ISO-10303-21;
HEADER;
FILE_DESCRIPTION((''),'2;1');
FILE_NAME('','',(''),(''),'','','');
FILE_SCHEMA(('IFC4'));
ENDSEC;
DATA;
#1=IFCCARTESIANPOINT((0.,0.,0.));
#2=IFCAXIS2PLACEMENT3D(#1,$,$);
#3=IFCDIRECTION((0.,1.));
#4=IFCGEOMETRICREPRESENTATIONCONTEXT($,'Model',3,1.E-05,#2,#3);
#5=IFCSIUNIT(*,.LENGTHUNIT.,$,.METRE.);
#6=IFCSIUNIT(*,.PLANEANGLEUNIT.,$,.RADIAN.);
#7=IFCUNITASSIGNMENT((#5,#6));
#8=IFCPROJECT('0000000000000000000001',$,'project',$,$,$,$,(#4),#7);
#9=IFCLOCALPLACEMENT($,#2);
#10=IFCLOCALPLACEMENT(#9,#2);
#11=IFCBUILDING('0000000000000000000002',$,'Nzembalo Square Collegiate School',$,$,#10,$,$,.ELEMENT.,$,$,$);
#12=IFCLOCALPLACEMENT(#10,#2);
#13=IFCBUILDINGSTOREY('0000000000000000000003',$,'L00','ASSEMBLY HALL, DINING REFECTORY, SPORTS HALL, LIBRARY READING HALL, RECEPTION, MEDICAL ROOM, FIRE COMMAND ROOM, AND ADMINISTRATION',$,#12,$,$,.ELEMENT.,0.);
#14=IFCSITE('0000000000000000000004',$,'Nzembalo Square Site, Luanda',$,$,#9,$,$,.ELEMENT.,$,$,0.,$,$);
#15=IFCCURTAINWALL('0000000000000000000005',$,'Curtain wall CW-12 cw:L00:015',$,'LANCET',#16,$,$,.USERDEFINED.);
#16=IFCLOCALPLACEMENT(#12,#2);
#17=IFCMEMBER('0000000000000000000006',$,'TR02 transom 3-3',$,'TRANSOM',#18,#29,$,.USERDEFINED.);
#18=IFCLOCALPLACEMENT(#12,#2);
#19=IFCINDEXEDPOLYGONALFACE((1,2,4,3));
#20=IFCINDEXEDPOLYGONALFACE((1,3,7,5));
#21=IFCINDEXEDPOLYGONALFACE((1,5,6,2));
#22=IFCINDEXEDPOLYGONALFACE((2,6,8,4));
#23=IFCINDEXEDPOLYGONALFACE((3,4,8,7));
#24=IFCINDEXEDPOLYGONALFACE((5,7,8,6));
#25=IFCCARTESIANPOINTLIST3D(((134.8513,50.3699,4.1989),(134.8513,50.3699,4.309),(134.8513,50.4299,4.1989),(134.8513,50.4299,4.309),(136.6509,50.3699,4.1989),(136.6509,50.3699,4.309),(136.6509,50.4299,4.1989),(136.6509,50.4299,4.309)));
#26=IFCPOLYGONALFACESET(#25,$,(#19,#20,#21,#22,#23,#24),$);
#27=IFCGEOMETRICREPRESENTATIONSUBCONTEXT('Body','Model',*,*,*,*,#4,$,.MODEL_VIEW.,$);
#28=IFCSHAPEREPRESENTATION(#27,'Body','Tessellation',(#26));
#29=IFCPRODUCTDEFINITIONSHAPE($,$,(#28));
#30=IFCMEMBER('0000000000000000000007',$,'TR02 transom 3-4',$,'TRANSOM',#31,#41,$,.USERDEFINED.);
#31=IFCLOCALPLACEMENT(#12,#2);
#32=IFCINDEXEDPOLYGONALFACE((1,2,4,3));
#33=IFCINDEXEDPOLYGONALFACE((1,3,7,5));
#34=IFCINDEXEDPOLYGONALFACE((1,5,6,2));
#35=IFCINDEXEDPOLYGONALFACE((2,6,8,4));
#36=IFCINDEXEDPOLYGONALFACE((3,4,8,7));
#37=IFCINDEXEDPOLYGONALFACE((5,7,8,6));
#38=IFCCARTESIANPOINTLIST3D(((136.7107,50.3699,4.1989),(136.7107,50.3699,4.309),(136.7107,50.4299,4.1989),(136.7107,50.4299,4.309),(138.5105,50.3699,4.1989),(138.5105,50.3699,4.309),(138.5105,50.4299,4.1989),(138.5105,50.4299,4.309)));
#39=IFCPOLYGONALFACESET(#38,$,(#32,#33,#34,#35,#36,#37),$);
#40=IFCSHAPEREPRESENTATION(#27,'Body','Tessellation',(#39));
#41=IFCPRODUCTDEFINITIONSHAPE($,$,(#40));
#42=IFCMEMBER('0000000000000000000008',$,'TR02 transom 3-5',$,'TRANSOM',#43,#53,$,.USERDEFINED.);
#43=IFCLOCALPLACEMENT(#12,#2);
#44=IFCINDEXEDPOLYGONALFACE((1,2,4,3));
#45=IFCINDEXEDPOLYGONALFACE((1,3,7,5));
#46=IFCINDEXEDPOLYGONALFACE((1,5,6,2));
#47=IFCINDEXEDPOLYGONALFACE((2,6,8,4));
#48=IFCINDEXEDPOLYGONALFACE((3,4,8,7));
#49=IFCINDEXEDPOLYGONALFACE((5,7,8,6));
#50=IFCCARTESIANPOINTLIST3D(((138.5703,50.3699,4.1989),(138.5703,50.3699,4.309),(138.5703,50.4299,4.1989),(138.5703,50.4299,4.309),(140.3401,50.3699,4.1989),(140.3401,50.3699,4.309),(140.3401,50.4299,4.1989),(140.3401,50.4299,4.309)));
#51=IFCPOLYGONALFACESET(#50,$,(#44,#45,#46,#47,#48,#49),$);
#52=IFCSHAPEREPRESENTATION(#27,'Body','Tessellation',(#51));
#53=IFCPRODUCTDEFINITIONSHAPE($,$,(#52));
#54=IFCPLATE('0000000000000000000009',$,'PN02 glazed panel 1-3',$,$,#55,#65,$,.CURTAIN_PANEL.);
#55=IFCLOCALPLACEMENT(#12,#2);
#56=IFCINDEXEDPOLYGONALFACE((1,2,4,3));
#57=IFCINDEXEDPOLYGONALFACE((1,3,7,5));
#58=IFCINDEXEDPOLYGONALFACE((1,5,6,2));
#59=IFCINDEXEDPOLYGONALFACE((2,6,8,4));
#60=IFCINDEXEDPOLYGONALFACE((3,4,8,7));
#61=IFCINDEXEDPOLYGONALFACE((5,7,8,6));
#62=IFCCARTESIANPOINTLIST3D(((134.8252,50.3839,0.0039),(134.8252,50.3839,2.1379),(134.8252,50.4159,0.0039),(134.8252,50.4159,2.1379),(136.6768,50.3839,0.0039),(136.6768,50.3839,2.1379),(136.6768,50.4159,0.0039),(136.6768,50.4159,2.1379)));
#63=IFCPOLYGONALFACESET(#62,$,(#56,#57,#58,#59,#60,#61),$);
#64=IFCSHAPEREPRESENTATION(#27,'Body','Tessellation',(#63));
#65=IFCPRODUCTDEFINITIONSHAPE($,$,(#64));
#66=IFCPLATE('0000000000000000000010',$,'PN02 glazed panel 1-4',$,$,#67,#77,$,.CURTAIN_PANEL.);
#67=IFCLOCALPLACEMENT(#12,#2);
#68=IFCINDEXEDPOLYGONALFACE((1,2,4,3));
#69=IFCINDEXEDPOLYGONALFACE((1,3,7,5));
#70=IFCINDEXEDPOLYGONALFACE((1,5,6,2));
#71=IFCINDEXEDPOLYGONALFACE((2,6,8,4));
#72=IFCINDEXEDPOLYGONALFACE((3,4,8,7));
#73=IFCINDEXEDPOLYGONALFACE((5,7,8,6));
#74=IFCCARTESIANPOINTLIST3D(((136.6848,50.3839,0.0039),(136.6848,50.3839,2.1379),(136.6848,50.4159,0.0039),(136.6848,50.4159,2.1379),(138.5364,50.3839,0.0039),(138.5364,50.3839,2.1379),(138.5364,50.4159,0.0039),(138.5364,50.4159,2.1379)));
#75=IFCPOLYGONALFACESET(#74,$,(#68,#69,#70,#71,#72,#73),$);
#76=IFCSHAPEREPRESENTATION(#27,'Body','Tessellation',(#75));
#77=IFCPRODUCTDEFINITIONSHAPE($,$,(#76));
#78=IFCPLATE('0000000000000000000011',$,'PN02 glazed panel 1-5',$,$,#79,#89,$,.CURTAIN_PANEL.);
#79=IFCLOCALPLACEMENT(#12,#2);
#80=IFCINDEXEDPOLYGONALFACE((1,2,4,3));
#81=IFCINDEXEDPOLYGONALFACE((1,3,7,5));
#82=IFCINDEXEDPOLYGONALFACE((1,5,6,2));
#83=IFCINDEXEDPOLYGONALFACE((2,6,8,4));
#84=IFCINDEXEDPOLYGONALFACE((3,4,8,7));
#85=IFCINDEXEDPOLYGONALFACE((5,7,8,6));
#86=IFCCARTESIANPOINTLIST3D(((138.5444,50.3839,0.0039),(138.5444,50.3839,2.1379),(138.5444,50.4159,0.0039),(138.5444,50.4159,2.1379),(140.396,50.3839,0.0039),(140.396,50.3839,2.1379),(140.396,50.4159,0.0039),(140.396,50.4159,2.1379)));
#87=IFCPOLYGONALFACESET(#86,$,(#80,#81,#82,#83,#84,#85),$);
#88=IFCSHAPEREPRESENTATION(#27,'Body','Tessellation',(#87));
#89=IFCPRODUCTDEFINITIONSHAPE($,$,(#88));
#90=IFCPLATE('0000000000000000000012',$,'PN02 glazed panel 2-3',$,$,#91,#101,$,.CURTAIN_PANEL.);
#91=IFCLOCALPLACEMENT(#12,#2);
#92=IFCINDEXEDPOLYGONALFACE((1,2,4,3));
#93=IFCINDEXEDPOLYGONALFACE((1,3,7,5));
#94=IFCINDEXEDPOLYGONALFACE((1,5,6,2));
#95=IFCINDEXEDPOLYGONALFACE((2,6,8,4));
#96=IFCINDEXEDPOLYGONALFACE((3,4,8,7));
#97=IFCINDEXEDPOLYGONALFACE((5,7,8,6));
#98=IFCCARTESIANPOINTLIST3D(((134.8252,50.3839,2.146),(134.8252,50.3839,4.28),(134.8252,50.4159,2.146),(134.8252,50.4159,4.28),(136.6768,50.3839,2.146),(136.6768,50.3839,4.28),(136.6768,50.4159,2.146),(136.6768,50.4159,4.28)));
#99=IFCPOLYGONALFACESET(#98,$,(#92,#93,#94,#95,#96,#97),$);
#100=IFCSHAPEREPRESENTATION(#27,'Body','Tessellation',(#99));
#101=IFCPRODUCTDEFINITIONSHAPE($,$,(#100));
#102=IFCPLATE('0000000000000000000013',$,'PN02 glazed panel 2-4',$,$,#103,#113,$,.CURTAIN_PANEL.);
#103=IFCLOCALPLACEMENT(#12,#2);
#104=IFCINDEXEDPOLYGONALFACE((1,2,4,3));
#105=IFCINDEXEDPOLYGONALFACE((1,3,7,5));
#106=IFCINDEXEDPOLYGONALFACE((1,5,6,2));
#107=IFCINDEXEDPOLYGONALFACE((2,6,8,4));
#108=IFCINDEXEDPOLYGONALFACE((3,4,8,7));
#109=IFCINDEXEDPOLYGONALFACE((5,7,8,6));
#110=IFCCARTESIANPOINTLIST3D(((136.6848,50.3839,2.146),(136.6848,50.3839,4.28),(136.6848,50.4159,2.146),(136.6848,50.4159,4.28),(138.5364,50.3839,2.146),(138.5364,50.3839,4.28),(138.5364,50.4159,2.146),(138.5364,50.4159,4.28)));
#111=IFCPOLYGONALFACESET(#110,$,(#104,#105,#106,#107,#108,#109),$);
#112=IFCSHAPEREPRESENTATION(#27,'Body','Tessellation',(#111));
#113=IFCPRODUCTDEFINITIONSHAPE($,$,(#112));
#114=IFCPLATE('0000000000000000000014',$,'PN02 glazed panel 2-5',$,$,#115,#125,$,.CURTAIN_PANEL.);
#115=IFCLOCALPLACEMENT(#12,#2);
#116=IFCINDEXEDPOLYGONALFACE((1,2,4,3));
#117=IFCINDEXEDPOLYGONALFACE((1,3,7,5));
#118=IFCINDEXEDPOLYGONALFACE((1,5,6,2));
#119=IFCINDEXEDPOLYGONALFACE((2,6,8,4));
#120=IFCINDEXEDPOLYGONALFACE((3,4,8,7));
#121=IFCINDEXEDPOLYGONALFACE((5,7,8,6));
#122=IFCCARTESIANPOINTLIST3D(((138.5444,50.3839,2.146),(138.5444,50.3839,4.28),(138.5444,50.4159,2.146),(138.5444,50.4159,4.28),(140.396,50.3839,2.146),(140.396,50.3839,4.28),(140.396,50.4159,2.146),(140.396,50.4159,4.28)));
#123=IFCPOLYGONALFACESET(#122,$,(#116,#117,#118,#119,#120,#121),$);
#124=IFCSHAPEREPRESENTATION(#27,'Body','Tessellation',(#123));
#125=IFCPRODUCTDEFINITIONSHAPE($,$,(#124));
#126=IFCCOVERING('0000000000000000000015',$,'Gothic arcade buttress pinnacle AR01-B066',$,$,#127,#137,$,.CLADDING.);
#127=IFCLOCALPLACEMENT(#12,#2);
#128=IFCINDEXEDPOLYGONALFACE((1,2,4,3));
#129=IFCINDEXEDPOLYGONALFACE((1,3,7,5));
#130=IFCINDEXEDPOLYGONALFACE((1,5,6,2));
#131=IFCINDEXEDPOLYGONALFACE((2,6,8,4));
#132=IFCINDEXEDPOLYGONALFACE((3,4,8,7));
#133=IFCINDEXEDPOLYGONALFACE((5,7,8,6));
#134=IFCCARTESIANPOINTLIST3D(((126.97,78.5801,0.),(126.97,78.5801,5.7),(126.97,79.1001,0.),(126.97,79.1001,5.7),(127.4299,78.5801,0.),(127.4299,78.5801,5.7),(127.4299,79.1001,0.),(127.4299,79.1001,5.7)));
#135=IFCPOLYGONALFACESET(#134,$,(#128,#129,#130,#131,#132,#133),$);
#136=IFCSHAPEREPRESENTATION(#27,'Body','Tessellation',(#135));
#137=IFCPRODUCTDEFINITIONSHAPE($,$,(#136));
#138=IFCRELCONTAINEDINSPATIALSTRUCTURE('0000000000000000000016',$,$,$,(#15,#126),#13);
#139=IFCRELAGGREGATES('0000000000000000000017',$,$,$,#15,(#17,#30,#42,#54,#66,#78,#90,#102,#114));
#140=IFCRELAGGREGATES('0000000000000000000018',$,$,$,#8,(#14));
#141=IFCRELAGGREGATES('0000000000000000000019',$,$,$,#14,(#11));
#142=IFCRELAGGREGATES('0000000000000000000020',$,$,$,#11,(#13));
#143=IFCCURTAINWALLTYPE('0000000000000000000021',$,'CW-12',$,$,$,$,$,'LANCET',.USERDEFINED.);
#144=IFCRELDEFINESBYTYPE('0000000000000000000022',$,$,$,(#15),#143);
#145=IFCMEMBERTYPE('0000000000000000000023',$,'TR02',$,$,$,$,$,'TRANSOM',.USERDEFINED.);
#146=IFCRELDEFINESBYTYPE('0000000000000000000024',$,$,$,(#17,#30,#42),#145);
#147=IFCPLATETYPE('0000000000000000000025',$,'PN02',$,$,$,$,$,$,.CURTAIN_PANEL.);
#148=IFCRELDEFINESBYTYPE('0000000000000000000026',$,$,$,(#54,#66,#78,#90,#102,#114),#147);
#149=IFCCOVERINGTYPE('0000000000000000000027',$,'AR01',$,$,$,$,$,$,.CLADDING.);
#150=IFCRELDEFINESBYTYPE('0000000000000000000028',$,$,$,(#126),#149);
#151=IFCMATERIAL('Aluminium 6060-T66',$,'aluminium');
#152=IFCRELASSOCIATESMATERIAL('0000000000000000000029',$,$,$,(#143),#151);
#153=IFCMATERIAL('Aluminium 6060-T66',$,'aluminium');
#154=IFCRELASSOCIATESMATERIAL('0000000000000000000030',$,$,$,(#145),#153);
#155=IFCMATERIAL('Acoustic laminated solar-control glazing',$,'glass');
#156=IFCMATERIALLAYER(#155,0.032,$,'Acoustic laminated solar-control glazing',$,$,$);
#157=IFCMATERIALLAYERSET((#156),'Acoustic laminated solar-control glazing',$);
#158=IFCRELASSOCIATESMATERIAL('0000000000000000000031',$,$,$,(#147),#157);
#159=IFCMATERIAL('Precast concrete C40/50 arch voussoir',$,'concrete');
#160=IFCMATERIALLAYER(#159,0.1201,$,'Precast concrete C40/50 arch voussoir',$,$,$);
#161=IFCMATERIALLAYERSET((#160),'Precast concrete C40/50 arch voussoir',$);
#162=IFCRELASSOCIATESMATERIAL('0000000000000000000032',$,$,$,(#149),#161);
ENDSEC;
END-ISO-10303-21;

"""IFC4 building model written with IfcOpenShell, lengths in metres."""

from ifc_helpers import new_model, si_unit, direction, frame, origin, origin_2d, place, context, subcontext, project, spatial, rectangle, extrude, material, layer, layer_set, material_profile, profile_set, type_object, element, aggregate, save


model = new_model("IFC4")

# Units and contexts
model_context = context("Model", 3, precision=1e-05, world=origin(), true_north=direction((0.0, 1.0)))
body_context = subcontext(model_context, "Body", "Model", "MODEL_VIEW")
ifc_project = project(units=[si_unit("LENGTHUNIT", "METRE"), si_unit("PLANEANGLEUNIT", "RADIAN")], contexts=[model_context])

# Site, building, storey
site_placement = place(None, origin())
site = spatial("IfcSite", under=ifc_project, at=site_placement, Name="Nzembalo Square Site, Luanda", CompositionType="ELEMENT", RefElevation=0.0)
building_placement = place(site_placement, origin())
building = spatial("IfcBuilding", under=site, at=building_placement, Name="Nzembalo Square Collegiate School", CompositionType="ELEMENT")
storey_placement = place(building_placement, origin())
storey = spatial("IfcBuildingStorey", under=building, at=storey_placement, Name="L00", Description="ASSEMBLY HALL, DINING REFECTORY, SPORTS HALL, LIBRARY READING HALL, RECEPTION, MEDICAL ROOM, FIRE COMMAND ROOM, AND ADMINISTRATION", CompositionType="ELEMENT", Elevation=0.0)

# Curtain wall
ifc_material_1 = material(Name="Aluminium 6060-T66", Category="aluminium")
curtain_wall_type_1 = type_object("IfcCurtainWallType", Name="CW-12", ElementType="LANCET", PredefinedType="USERDEFINED", material=ifc_material_1)
curtain_wall_1_placement = place(storey_placement, origin())
curtain_wall_1 = element("IfcCurtainWall", 1, at=curtain_wall_1_placement, inside=storey, type_object=curtain_wall_type_1, Name="Curtain wall CW-12 cw:L00:015", ObjectType="LANCET", PredefinedType="USERDEFINED")

# Members
ifc_material_2 = material(Name="Aluminium 6060-T66", Category="aluminium")
ifc_material_profile_1 = material_profile(ifc_material_2, rectangle(XDim=0.0601, YDim=0.1101, at=origin_2d()), Name="ALU T60x110")
ifc_profile_set_1 = profile_set([ifc_material_profile_1], Name="Aluminium 6060-T66")
member_type_1 = type_object("IfcMemberType", Name="TR02", ElementType="TRANSOM", PredefinedType="USERDEFINED", material=ifc_profile_set_1)
member_1_placement = place(storey_placement, frame((134.8513, 50.3999, 4.2539), z_axis=(1.0, 0.0, 0.0), x_axis=(0.0, 1.0, 0.0)))
member_1 = element("IfcMember", 2, at=member_1_placement, type_object=member_type_1, Name="TR02 transom 3-3", ObjectType="TRANSOM", PredefinedType="USERDEFINED", context=body_context, shape_type="SweptSolid", body=[
    extrude(rectangle(XDim=0.0601, YDim=0.1101, at=origin_2d()), origin(), (0.0, 0.0, 1.0), 1.7996),
])
member_2_placement = place(storey_placement, frame((136.7107, 50.3999, 4.2539), z_axis=(1.0, 0.0, 0.0), x_axis=(0.0, 1.0, 0.0)))
member_2 = element("IfcMember", 3, at=member_2_placement, type_object=member_type_1, Name="TR02 transom 3-4", ObjectType="TRANSOM", PredefinedType="USERDEFINED", context=body_context, shape_type="SweptSolid", body=[
    extrude(rectangle(XDim=0.0601, YDim=0.1101, at=origin_2d()), origin(), (0.0, 0.0, 1.0), 1.7998),
])
member_3_placement = place(storey_placement, frame((138.5703, 50.3999, 4.2539), z_axis=(1.0, 0.0, 0.0), x_axis=(0.0, 1.0, 0.0)))
member_3 = element("IfcMember", 4, at=member_3_placement, type_object=member_type_1, Name="TR02 transom 3-5", ObjectType="TRANSOM", PredefinedType="USERDEFINED", context=body_context, shape_type="SweptSolid", body=[
    extrude(rectangle(XDim=0.0601, YDim=0.1101, at=origin_2d()), origin(), (0.0, 0.0, 1.0), 1.7698),
])

# Plates
ifc_material_3 = material(Name="Acoustic laminated solar-control glazing", Category="glass")
ifc_layer_1 = layer(ifc_material_3, 0.032, Name="Acoustic laminated solar-control glazing")
ifc_layer_set_1 = layer_set([ifc_layer_1], Name="Acoustic laminated solar-control glazing")
plate_type = type_object("IfcPlateType", Name="PN02", PredefinedType="CURTAIN_PANEL", material=ifc_layer_set_1)
plate_1_placement = place(storey_placement, frame((135.751, 50.3999, 0.0039), z_axis=(0.0, 0.0, 1.0), x_axis=(1.0, 0.0, 0.0)))
plate_1 = element("IfcPlate", 5, at=plate_1_placement, type_object=plate_type, Name="PN02 glazed panel 1-3", PredefinedType="CURTAIN_PANEL", context=body_context, shape_type="SweptSolid", body=[
    extrude(rectangle(XDim=1.8516, YDim=0.032, at=origin_2d()), origin(), (0.0, 0.0, 1.0), 2.134),
])
plate_2_placement = place(storey_placement, frame((137.6106, 50.3999, 0.0039), z_axis=(0.0, 0.0, 1.0), x_axis=(1.0, 0.0, 0.0)))
plate_2 = element("IfcPlate", 6, at=plate_2_placement, type_object=plate_type, Name="PN02 glazed panel 1-4", PredefinedType="CURTAIN_PANEL", context=body_context, shape_type="SweptSolid", body=[
    extrude(rectangle(XDim=1.8516, YDim=0.032, at=origin_2d()), origin(), (0.0, 0.0, 1.0), 2.134),
])
plate_3_placement = place(storey_placement, frame((139.4702, 50.3999, 0.0039), z_axis=(0.0, 0.0, 1.0), x_axis=(1.0, 0.0, 0.0)))
plate_3 = element("IfcPlate", 7, at=plate_3_placement, type_object=plate_type, Name="PN02 glazed panel 1-5", PredefinedType="CURTAIN_PANEL", context=body_context, shape_type="SweptSolid", body=[
    extrude(rectangle(XDim=1.8516, YDim=0.032, at=origin_2d()), origin(), (0.0, 0.0, 1.0), 2.134),
])
plate_4_placement = place(storey_placement, frame((135.751, 50.3999, 2.146), z_axis=(0.0, 0.0, 1.0), x_axis=(1.0, 0.0, 0.0)))
plate_4 = element("IfcPlate", 8, at=plate_4_placement, type_object=plate_type, Name="PN02 glazed panel 2-3", PredefinedType="CURTAIN_PANEL", context=body_context, shape_type="SweptSolid", body=[
    extrude(rectangle(XDim=1.8516, YDim=0.032, at=origin_2d()), origin(), (0.0, 0.0, 1.0), 2.134),
])
plate_5_placement = place(storey_placement, frame((137.6106, 50.3999, 2.146), z_axis=(0.0, 0.0, 1.0), x_axis=(1.0, 0.0, 0.0)))
plate_5 = element("IfcPlate", 9, at=plate_5_placement, type_object=plate_type, Name="PN02 glazed panel 2-4", PredefinedType="CURTAIN_PANEL", context=body_context, shape_type="SweptSolid", body=[
    extrude(rectangle(XDim=1.8516, YDim=0.032, at=origin_2d()), origin(), (0.0, 0.0, 1.0), 2.134),
])
plate_6_placement = place(storey_placement, frame((139.4702, 50.3999, 2.146), z_axis=(0.0, 0.0, 1.0), x_axis=(1.0, 0.0, 0.0)))
plate_6 = element("IfcPlate", 10, at=plate_6_placement, type_object=plate_type, Name="PN02 glazed panel 2-5", PredefinedType="CURTAIN_PANEL", context=body_context, shape_type="SweptSolid", body=[
    extrude(rectangle(XDim=1.8516, YDim=0.032, at=origin_2d()), origin(), (0.0, 0.0, 1.0), 2.134),
])
aggregate(curtain_wall_1, [member_1, member_2, member_3, plate_1, plate_2, plate_3, plate_4, plate_5, plate_6])

# Covering
ifc_material_4 = material(Name="Precast concrete C40/50 arch voussoir", Category="concrete")
ifc_layer_2 = layer(ifc_material_4, 0.1201, Name="Precast concrete C40/50 arch voussoir")
ifc_layer_set_2 = layer_set([ifc_layer_2], Name="Precast concrete C40/50 arch voussoir")
covering_type = type_object("IfcCoveringType", Name="AR01", PredefinedType="CLADDING", material=ifc_layer_set_2)
covering_placement = place(storey_placement, frame((127.2, 78.8401, 0.0), z_axis=(0.0, 0.0, 1.0), x_axis=(1.0, 0.0, 0.0)))
element("IfcCovering", 11, at=covering_placement, inside=storey, type_object=covering_type, Name="Gothic arcade buttress pinnacle AR01-B066", PredefinedType="CLADDING", context=body_context, shape_type="SweptSolid", body=[
    extrude(rectangle(XDim=0.46, YDim=0.52, at=origin_2d()), origin(), (0.0, 0.0, 1.0), 5.7),
])

save(model, "model.ifc")
